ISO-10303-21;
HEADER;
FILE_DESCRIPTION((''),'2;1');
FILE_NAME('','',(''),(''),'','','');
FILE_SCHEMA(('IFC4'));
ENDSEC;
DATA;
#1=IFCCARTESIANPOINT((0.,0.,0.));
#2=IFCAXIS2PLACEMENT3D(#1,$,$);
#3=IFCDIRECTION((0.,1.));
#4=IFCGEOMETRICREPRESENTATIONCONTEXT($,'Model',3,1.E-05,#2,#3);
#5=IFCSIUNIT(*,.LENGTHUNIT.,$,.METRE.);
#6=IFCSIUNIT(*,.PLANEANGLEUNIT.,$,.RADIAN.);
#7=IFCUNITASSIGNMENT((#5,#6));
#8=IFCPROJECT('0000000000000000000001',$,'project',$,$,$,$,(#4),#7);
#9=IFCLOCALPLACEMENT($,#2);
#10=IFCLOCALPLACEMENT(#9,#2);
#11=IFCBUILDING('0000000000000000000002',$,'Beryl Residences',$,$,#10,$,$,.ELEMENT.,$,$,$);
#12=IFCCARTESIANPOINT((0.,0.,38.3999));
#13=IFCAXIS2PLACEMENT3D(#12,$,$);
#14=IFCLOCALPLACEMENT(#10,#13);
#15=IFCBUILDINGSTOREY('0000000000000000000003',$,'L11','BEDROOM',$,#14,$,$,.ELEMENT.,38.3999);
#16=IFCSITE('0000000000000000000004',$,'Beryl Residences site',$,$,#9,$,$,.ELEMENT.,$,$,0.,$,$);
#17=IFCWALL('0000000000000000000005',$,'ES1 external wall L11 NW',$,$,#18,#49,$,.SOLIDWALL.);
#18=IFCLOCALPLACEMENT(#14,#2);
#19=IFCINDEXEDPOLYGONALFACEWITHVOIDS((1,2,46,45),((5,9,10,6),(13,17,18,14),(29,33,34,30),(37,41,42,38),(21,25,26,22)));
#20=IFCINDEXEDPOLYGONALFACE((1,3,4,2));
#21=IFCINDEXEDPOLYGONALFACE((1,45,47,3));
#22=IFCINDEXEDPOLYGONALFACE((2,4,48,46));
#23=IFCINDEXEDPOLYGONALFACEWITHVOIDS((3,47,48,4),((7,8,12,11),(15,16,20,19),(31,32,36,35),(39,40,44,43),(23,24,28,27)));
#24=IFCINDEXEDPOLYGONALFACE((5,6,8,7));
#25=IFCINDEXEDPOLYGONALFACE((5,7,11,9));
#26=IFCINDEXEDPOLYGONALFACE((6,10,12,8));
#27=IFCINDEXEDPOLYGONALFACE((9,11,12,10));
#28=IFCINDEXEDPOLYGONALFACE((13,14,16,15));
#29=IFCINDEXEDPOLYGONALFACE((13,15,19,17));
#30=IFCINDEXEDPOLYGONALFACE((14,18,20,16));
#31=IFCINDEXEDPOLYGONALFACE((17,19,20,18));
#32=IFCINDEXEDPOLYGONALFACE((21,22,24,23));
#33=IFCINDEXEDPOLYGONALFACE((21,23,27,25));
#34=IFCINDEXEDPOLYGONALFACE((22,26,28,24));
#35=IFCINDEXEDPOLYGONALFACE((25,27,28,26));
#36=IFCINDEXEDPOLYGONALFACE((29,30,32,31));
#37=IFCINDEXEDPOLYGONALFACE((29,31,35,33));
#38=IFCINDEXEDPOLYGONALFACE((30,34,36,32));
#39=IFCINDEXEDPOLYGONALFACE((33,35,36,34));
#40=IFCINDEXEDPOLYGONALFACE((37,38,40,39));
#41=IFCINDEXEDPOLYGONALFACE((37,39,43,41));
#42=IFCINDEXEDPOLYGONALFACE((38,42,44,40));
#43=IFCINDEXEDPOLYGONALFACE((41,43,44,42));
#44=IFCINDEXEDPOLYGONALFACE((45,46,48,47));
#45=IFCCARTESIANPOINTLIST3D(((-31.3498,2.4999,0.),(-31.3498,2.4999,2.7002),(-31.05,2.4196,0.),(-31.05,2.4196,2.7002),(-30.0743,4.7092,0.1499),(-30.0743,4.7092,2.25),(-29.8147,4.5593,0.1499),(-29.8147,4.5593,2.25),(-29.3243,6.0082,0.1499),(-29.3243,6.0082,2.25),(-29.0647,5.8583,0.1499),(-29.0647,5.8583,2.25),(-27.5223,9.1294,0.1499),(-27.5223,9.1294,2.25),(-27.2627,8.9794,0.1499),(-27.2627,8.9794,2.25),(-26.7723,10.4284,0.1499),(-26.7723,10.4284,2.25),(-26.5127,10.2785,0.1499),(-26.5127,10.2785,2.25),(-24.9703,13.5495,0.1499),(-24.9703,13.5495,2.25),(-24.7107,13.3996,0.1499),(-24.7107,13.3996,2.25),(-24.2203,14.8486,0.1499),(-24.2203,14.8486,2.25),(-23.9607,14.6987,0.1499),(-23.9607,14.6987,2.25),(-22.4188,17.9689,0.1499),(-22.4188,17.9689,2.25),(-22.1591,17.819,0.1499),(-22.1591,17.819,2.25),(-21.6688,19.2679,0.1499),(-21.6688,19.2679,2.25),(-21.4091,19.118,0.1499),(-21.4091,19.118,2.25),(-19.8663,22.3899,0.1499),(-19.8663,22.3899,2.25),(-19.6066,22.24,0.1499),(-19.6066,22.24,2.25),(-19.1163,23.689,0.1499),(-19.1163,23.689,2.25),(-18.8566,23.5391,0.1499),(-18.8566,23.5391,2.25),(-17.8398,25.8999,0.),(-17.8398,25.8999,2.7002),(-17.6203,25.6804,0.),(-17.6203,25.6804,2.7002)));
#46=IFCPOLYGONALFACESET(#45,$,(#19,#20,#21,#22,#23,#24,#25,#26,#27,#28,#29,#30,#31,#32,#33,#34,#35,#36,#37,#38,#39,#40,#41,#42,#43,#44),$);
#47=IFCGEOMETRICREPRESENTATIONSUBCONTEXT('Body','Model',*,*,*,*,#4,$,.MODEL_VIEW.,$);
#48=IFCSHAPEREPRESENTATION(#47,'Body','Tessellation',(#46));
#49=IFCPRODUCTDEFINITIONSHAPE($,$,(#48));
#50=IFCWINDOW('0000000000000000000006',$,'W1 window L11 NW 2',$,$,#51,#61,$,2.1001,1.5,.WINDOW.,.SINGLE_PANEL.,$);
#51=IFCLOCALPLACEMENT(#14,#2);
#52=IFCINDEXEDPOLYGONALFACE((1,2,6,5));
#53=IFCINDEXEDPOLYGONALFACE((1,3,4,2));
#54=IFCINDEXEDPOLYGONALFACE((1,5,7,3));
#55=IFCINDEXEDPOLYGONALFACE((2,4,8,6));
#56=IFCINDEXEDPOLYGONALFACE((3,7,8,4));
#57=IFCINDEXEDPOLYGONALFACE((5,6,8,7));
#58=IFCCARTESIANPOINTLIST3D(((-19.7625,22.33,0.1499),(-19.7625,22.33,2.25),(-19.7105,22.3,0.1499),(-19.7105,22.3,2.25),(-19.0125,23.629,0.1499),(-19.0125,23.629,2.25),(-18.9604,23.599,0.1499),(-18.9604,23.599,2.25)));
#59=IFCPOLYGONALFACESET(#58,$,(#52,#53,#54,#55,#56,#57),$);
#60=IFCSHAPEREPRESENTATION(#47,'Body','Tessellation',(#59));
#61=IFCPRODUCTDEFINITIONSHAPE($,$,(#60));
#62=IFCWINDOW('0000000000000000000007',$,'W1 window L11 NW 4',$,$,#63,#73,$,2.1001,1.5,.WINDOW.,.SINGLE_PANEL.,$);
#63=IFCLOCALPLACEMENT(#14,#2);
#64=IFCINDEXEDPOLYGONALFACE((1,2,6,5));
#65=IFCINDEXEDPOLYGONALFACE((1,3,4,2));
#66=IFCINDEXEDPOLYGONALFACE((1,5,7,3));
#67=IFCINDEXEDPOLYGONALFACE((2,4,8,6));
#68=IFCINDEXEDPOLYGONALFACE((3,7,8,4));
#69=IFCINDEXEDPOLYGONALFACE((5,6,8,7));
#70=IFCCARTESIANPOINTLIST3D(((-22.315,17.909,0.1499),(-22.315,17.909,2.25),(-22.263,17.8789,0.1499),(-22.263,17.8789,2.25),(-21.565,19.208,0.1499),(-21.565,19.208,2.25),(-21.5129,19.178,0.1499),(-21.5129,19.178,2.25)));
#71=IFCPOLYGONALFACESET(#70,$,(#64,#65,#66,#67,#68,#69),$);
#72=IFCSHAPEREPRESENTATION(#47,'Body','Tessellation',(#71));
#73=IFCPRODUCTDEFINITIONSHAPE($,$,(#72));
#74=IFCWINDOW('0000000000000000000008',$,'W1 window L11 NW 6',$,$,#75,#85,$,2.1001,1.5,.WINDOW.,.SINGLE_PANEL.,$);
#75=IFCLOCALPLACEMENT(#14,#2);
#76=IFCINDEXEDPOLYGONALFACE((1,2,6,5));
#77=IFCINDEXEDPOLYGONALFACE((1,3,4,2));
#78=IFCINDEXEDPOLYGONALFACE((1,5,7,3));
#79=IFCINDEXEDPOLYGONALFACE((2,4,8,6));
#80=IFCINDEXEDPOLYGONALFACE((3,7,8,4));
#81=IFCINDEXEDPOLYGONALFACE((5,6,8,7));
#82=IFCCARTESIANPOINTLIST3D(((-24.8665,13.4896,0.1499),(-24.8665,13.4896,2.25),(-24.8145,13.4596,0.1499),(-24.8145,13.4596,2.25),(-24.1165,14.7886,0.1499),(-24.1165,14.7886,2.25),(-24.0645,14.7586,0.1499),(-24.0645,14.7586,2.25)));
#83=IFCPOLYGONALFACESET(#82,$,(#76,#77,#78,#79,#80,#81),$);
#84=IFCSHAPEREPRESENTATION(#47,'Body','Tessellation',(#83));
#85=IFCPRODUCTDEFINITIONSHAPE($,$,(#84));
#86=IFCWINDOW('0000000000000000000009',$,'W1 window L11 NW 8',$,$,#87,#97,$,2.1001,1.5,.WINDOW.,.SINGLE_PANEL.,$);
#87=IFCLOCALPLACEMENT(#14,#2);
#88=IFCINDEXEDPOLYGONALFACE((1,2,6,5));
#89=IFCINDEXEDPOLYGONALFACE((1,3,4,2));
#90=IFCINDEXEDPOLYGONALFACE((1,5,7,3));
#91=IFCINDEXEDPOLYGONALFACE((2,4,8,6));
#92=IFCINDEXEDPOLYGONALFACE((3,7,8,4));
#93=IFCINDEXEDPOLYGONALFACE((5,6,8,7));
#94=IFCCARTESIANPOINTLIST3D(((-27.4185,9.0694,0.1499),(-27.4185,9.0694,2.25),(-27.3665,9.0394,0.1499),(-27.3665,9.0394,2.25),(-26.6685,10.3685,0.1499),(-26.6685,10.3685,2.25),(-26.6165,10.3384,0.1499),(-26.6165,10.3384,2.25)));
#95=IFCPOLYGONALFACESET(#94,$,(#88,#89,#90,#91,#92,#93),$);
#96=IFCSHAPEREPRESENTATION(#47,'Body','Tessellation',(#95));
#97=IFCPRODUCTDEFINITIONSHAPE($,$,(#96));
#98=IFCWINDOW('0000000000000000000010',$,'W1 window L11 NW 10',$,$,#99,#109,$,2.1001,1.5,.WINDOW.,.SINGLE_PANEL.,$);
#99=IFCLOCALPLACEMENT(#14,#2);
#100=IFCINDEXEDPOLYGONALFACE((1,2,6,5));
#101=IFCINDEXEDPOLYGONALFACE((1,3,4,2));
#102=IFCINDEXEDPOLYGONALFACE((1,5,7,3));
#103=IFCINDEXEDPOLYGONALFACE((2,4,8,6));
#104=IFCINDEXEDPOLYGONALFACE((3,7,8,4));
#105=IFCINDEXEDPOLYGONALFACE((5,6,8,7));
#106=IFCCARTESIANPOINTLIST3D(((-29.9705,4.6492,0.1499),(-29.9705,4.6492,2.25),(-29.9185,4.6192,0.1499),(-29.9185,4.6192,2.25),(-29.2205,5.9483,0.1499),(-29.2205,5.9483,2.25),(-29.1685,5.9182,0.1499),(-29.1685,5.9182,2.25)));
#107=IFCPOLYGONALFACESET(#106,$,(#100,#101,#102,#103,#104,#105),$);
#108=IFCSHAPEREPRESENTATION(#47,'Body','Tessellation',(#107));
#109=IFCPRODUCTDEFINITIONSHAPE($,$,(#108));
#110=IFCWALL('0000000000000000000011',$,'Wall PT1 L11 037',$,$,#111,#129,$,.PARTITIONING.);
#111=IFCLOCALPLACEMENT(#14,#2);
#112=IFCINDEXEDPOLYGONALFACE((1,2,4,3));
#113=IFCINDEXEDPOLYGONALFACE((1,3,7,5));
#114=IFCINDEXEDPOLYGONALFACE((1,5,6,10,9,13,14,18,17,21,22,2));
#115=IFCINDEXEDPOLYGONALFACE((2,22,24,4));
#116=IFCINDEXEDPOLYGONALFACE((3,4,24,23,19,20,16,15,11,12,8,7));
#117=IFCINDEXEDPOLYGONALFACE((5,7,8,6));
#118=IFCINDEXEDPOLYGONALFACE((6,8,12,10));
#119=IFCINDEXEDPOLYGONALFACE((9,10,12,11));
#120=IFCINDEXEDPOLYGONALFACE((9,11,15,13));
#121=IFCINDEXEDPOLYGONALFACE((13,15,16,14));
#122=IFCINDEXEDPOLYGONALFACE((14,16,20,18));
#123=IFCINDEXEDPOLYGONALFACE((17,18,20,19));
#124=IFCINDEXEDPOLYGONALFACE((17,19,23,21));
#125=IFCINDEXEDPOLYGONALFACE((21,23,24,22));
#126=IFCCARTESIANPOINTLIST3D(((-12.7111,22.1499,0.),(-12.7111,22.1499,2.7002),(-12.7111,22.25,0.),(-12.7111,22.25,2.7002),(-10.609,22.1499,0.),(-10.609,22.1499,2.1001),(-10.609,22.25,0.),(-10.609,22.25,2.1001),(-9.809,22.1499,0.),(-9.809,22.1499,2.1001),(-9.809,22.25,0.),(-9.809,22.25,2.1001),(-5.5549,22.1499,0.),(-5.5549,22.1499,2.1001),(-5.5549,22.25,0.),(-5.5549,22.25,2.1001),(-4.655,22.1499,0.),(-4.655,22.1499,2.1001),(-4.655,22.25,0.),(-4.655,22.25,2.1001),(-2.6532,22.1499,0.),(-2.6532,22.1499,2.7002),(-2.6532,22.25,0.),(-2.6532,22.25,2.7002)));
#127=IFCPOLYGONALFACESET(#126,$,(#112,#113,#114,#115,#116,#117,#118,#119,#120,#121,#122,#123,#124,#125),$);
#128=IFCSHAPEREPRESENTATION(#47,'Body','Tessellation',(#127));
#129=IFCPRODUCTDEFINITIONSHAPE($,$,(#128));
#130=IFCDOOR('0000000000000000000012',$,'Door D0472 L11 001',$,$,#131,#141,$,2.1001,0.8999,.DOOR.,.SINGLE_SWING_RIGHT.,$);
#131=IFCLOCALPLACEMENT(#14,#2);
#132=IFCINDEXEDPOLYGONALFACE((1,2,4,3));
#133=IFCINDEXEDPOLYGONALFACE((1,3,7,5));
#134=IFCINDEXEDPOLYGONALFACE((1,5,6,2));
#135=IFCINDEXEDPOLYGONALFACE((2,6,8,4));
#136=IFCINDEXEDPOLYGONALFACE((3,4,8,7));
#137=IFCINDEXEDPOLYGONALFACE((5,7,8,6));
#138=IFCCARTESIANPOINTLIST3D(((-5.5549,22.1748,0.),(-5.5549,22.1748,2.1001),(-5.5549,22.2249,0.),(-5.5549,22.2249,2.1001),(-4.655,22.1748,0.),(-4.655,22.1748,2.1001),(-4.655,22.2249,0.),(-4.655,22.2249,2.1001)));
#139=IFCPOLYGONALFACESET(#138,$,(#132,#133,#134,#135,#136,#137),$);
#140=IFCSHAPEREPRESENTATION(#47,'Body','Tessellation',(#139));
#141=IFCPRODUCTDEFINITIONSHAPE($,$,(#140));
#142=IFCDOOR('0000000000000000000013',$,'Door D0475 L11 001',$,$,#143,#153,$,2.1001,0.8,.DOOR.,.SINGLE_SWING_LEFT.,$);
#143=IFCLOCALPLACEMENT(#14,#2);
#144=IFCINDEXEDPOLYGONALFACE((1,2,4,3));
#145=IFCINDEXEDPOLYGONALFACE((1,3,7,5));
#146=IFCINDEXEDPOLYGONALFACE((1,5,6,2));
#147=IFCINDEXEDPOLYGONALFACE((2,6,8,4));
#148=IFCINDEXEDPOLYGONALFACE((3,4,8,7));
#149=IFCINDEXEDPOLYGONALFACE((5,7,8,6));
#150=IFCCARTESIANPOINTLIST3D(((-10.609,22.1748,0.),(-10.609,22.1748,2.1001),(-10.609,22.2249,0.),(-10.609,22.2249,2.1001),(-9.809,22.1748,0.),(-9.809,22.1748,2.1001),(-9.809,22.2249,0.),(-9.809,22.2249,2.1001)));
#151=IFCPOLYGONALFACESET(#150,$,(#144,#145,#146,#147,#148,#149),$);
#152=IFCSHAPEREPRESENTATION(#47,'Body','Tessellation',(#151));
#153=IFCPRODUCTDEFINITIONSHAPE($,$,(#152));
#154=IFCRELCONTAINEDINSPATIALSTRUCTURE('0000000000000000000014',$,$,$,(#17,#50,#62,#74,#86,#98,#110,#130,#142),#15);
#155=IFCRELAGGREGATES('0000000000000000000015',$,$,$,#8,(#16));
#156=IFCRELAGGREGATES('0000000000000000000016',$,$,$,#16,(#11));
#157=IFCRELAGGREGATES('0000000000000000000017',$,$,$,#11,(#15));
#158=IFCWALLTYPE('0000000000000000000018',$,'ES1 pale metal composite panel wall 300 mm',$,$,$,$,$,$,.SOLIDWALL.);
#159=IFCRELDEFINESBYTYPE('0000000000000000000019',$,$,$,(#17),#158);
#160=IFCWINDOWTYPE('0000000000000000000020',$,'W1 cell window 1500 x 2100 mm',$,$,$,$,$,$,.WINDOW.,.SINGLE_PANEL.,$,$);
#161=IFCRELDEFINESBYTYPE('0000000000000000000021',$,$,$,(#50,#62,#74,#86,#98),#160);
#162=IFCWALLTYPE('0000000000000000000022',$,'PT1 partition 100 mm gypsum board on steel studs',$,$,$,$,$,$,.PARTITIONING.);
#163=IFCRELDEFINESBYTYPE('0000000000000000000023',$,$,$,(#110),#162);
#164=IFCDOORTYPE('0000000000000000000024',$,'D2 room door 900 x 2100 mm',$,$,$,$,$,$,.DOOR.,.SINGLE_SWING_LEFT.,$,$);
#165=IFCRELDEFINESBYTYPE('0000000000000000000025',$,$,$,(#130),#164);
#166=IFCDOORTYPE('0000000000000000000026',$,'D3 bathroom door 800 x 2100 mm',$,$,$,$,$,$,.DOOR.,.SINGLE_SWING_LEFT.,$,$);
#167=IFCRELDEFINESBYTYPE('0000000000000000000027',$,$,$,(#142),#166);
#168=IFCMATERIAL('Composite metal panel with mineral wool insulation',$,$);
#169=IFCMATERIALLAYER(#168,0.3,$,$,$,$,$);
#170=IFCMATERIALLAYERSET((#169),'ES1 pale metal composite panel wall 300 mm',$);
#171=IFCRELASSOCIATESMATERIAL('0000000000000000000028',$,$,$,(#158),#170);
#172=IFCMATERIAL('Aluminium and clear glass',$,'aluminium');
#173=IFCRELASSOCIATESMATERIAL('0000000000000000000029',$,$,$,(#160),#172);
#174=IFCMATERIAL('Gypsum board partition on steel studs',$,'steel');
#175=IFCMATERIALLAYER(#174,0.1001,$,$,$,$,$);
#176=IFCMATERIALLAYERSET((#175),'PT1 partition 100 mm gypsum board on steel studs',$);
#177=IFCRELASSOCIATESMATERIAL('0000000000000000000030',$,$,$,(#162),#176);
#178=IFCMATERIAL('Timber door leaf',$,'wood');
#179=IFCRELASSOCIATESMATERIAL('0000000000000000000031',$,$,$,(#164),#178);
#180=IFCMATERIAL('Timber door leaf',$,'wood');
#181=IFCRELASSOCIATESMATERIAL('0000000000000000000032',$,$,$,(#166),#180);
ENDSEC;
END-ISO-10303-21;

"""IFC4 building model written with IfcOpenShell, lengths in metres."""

from ifc_helpers import new_model, si_unit, direction, frame, frame_2d, origin, place, context, subcontext, project, spatial, polyline, rectangle, outline, extrude, material, layer, layer_set, type_object, element, fill, save


model = new_model("IFC4")

# Units and contexts
model_context = context("Model", 3, precision=1e-05, world=origin(), true_north=direction((0.0, 1.0)))
body_context = subcontext(model_context, "Body", "Model", "MODEL_VIEW")
ifc_project = project(units=[si_unit("LENGTHUNIT", "METRE"), si_unit("PLANEANGLEUNIT", "RADIAN")], contexts=[model_context])

# Site, building, storey
site_placement = place(None, origin())
site = spatial("IfcSite", under=ifc_project, at=site_placement, Name="Beryl Residences site", CompositionType="ELEMENT", RefElevation=0.0)
building_placement = place(site_placement, origin())
building = spatial("IfcBuilding", under=site, at=building_placement, Name="Beryl Residences", CompositionType="ELEMENT")
storey_placement = place(building_placement, frame((0.0, 0.0, 38.3999)))
storey = spatial("IfcBuildingStorey", under=building, at=storey_placement, Name="L11", Description="BEDROOM", CompositionType="ELEMENT", Elevation=38.3999)

# Shared definitions
ifc_material_1 = material(Name="Composite metal panel with mineral wool insulation")
ifc_layer_1 = layer(ifc_material_1, 0.3)
ifc_layer_set_1 = layer_set([ifc_layer_1], Name="ES1 pale metal composite panel wall 300 mm")
wall_type_1 = type_object("IfcWallType", Name="ES1 pale metal composite panel wall 300 mm", PredefinedType="SOLIDWALL", material=ifc_layer_set_1)

# Wall, openings, windows
wall_1_placement = place(storey_placement, frame((-17.71, 25.825, 0.0), z_axis=(0.0, 0.0, 1.0), x_axis=(-0.500002, -0.866024, 0.0)))
wall_1 = element("IfcWall", 1, at=wall_1_placement, inside=storey, type_object=wall_type_1, Name="ES1 external wall L11 NW", PredefinedType="SOLIDWALL", context=body_context, shape_type="SweptSolid", body=[
    extrude(outline(polyline([(0.0, -0.1499), (27.02, -0.1499), (26.9397, 0.1499), (0.0803, 0.1499), (0.0, -0.1499)])), origin(), (0.0, 0.0, 1.0), 2.7002),
])
opening_1_placement = place(wall_1_placement, frame((2.553, 0.0, 0.1499)))
opening_1 = element("IfcOpeningElement", 2, at=opening_1_placement, cuts=wall_1, PredefinedType="OPENING", context=body_context, shape_type="SweptSolid", body=[
    extrude(rectangle(XDim=1.5, YDim=2.1001, at=frame_2d((0.75, 1.05))), frame((0.0, 0.1599, 0.0), z_axis=(0.0, -1.0, 0.0), x_axis=(1.0, 0.0, 0.0)), (0.0, 0.0, 1.0), 0.3201),
])
opening_2_placement = place(wall_1_placement, frame((7.658, 0.0, 0.1499)))
opening_2 = element("IfcOpeningElement", 3, at=opening_2_placement, cuts=wall_1, PredefinedType="OPENING", context=body_context, shape_type="SweptSolid", body=[
    extrude(rectangle(XDim=1.5, YDim=2.1001, at=frame_2d((0.75, 1.05))), frame((0.0, 0.1599, 0.0), z_axis=(0.0, -1.0, 0.0), x_axis=(1.0, 0.0, 0.0)), (0.0, 0.0, 1.0), 0.3201),
])
opening_3_placement = place(wall_1_placement, frame((12.761, 0.0, 0.1499)))
opening_3 = element("IfcOpeningElement", 4, at=opening_3_placement, cuts=wall_1, PredefinedType="OPENING", context=body_context, shape_type="SweptSolid", body=[
    extrude(rectangle(XDim=1.5, YDim=2.1001, at=frame_2d((0.75, 1.05))), frame((0.0, 0.1599, 0.0), z_axis=(0.0, -1.0, 0.0), x_axis=(1.0, 0.0, 0.0)), (0.0, 0.0, 1.0), 0.3201),
])
opening_4_placement = place(wall_1_placement, frame((17.865, 0.0, 0.1499)))
opening_4 = element("IfcOpeningElement", 5, at=opening_4_placement, cuts=wall_1, PredefinedType="OPENING", context=body_context, shape_type="SweptSolid", body=[
    extrude(rectangle(XDim=1.5, YDim=2.1001, at=frame_2d((0.75, 1.05))), frame((0.0, 0.1599, 0.0), z_axis=(0.0, -1.0, 0.0), x_axis=(1.0, 0.0, 0.0)), (0.0, 0.0, 1.0), 0.3201),
])
opening_5_placement = place(wall_1_placement, frame((22.969, 0.0, 0.1499)))
opening_5 = element("IfcOpeningElement", 6, at=opening_5_placement, cuts=wall_1, PredefinedType="OPENING", context=body_context, shape_type="SweptSolid", body=[
    extrude(rectangle(XDim=1.5, YDim=2.1001, at=frame_2d((0.75, 1.05))), frame((0.0, 0.1599, 0.0), z_axis=(0.0, -1.0, 0.0), x_axis=(1.0, 0.0, 0.0)), (0.0, 0.0, 1.0), 0.3201),
])
ifc_material_2 = material(Name="Aluminium and clear glass", Category="aluminium")
window_type_1 = type_object("IfcWindowType", Name="W1 cell window 1500 x 2100 mm", PartitioningType="SINGLE_PANEL", PredefinedType="WINDOW", material=ifc_material_2)
window_1_placement = place(opening_1_placement, origin())
window_1 = element("IfcWindow", 7, at=window_1_placement, inside=storey, type_object=window_type_1, Name="W1 window L11 NW 2", OverallHeight=2.1001, OverallWidth=1.5, PartitioningType="SINGLE_PANEL", PredefinedType="WINDOW", context=body_context, shape_type="SweptSolid", body=[
    extrude(rectangle(XDim=1.5, YDim=2.1001, at=frame_2d((0.75, 1.05))), frame((0.0, 0.03, 0.0), z_axis=(0.0, -1.0, 0.0), x_axis=(1.0, 0.0, 0.0)), (0.0, 0.0, 1.0), 0.0601),
])
fill(opening_1, window_1)
window_2_placement = place(opening_2_placement, origin())
window_2 = element("IfcWindow", 8, at=window_2_placement, inside=storey, type_object=window_type_1, Name="W1 window L11 NW 4", OverallHeight=2.1001, OverallWidth=1.5, PartitioningType="SINGLE_PANEL", PredefinedType="WINDOW", context=body_context, shape_type="SweptSolid", body=[
    extrude(rectangle(XDim=1.5, YDim=2.1001, at=frame_2d((0.75, 1.05))), frame((0.0, 0.03, 0.0), z_axis=(0.0, -1.0, 0.0), x_axis=(1.0, 0.0, 0.0)), (0.0, 0.0, 1.0), 0.0601),
])
fill(opening_2, window_2)
window_3_placement = place(opening_3_placement, origin())
window_3 = element("IfcWindow", 9, at=window_3_placement, inside=storey, type_object=window_type_1, Name="W1 window L11 NW 6", OverallHeight=2.1001, OverallWidth=1.5, PartitioningType="SINGLE_PANEL", PredefinedType="WINDOW", context=body_context, shape_type="SweptSolid", body=[
    extrude(rectangle(XDim=1.5, YDim=2.1001, at=frame_2d((0.75, 1.05))), frame((0.0, 0.03, 0.0), z_axis=(0.0, -1.0, 0.0), x_axis=(1.0, 0.0, 0.0)), (0.0, 0.0, 1.0), 0.0601),
])
fill(opening_3, window_3)
window_4_placement = place(opening_4_placement, origin())
window_4 = element("IfcWindow", 10, at=window_4_placement, inside=storey, type_object=window_type_1, Name="W1 window L11 NW 8", OverallHeight=2.1001, OverallWidth=1.5, PartitioningType="SINGLE_PANEL", PredefinedType="WINDOW", context=body_context, shape_type="SweptSolid", body=[
    extrude(rectangle(XDim=1.5, YDim=2.1001, at=frame_2d((0.75, 1.05))), frame((0.0, 0.03, 0.0), z_axis=(0.0, -1.0, 0.0), x_axis=(1.0, 0.0, 0.0)), (0.0, 0.0, 1.0), 0.0601),
])
fill(opening_4, window_4)
window_5_placement = place(opening_5_placement, origin())
window_5 = element("IfcWindow", 11, at=window_5_placement, inside=storey, type_object=window_type_1, Name="W1 window L11 NW 10", OverallHeight=2.1001, OverallWidth=1.5, PartitioningType="SINGLE_PANEL", PredefinedType="WINDOW", context=body_context, shape_type="SweptSolid", body=[
    extrude(rectangle(XDim=1.5, YDim=2.1001, at=frame_2d((0.75, 1.05))), frame((0.0, 0.03, 0.0), z_axis=(0.0, -1.0, 0.0), x_axis=(1.0, 0.0, 0.0)), (0.0, 0.0, 1.0), 0.0601),
])
fill(opening_5, window_5)

# Wall, openings, doors
ifc_material_3 = material(Name="Gypsum board partition on steel studs", Category="steel")
ifc_layer_2 = layer(ifc_material_3, 0.1001)
ifc_layer_set_2 = layer_set([ifc_layer_2], Name="PT1 partition 100 mm gypsum board on steel studs")
wall_type_2 = type_object("IfcWallType", Name="PT1 partition 100 mm gypsum board on steel studs", PredefinedType="PARTITIONING", material=ifc_layer_set_2)
wall_2_placement = place(storey_placement, frame((-12.7109, 22.2, 0.0), z_axis=(0.0, 0.0, 1.0), x_axis=(1.0, 0.0, 0.0)))
wall_2 = element("IfcWall", 12, at=wall_2_placement, inside=storey, type_object=wall_type_2, Name="Wall PT1 L11 037", PredefinedType="PARTITIONING", context=body_context, shape_type="SweptSolid", body=[
    extrude(rectangle(XDim=10.0579, YDim=0.1001, at=frame_2d((5.0288, 0.0))), origin(), (0.0, 0.0, 1.0), 2.7002),
])
opening_6_placement = place(wall_2_placement, frame((7.156, 0.0, 0.0)))
opening_6 = element("IfcOpeningElement", 13, at=opening_6_placement, cuts=wall_2, PredefinedType="OPENING", context=body_context, shape_type="SweptSolid", body=[
    extrude(rectangle(XDim=0.8999, YDim=2.1001, at=frame_2d((0.45, 1.05))), frame((0.0, 0.0601, 0.0), z_axis=(0.0, -1.0, 0.0), x_axis=(1.0, 0.0, 0.0)), (0.0, 0.0, 1.0), 0.1201),
])
opening_7_placement = place(wall_2_placement, frame((2.1021, 0.0, 0.0)))
opening_7 = element("IfcOpeningElement", 14, at=opening_7_placement, cuts=wall_2, PredefinedType="OPENING", context=body_context, shape_type="SweptSolid", body=[
    extrude(rectangle(XDim=0.8, YDim=2.1001, at=frame_2d((0.3999, 1.05))), frame((0.0, 0.0601, 0.0), z_axis=(0.0, -1.0, 0.0), x_axis=(1.0, 0.0, 0.0)), (0.0, 0.0, 1.0), 0.1201),
])
ifc_material_4 = material(Name="Timber door leaf", Category="wood")
door_type_1 = type_object("IfcDoorType", Name="D2 room door 900 x 2100 mm", OperationType="SINGLE_SWING_LEFT", PredefinedType="DOOR", material=ifc_material_4)
door_1_placement = place(opening_6_placement, origin())
door_1 = element("IfcDoor", 15, at=door_1_placement, inside=storey, type_object=door_type_1, Name="Door D0472 L11 001", OperationType="SINGLE_SWING_RIGHT", OverallHeight=2.1001, OverallWidth=0.8999, PredefinedType="DOOR", context=body_context, shape_type="SweptSolid", body=[
    extrude(rectangle(XDim=0.8999, YDim=2.1001, at=frame_2d((0.45, 1.05))), frame((0.0, 0.0249, 0.0), z_axis=(0.0, -1.0, 0.0), x_axis=(1.0, 0.0, 0.0)), (0.0, 0.0, 1.0), 0.05),
])
fill(opening_6, door_1)
ifc_material_5 = material(Name="Timber door leaf", Category="wood")
door_type_2 = type_object("IfcDoorType", Name="D3 bathroom door 800 x 2100 mm", OperationType="SINGLE_SWING_LEFT", PredefinedType="DOOR", material=ifc_material_5)
door_2_placement = place(opening_7_placement, origin())
door_2 = element("IfcDoor", 16, at=door_2_placement, inside=storey, type_object=door_type_2, Name="Door D0475 L11 001", OperationType="SINGLE_SWING_LEFT", OverallHeight=2.1001, OverallWidth=0.8, PredefinedType="DOOR", context=body_context, shape_type="SweptSolid", body=[
    extrude(rectangle(XDim=0.8, YDim=2.1001, at=frame_2d((0.3999, 1.05))), frame((0.0, 0.0249, 0.0), z_axis=(0.0, -1.0, 0.0), x_axis=(1.0, 0.0, 0.0)), (0.0, 0.0, 1.0), 0.05),
])
fill(opening_7, door_2)

save(model, "model.ifc")
